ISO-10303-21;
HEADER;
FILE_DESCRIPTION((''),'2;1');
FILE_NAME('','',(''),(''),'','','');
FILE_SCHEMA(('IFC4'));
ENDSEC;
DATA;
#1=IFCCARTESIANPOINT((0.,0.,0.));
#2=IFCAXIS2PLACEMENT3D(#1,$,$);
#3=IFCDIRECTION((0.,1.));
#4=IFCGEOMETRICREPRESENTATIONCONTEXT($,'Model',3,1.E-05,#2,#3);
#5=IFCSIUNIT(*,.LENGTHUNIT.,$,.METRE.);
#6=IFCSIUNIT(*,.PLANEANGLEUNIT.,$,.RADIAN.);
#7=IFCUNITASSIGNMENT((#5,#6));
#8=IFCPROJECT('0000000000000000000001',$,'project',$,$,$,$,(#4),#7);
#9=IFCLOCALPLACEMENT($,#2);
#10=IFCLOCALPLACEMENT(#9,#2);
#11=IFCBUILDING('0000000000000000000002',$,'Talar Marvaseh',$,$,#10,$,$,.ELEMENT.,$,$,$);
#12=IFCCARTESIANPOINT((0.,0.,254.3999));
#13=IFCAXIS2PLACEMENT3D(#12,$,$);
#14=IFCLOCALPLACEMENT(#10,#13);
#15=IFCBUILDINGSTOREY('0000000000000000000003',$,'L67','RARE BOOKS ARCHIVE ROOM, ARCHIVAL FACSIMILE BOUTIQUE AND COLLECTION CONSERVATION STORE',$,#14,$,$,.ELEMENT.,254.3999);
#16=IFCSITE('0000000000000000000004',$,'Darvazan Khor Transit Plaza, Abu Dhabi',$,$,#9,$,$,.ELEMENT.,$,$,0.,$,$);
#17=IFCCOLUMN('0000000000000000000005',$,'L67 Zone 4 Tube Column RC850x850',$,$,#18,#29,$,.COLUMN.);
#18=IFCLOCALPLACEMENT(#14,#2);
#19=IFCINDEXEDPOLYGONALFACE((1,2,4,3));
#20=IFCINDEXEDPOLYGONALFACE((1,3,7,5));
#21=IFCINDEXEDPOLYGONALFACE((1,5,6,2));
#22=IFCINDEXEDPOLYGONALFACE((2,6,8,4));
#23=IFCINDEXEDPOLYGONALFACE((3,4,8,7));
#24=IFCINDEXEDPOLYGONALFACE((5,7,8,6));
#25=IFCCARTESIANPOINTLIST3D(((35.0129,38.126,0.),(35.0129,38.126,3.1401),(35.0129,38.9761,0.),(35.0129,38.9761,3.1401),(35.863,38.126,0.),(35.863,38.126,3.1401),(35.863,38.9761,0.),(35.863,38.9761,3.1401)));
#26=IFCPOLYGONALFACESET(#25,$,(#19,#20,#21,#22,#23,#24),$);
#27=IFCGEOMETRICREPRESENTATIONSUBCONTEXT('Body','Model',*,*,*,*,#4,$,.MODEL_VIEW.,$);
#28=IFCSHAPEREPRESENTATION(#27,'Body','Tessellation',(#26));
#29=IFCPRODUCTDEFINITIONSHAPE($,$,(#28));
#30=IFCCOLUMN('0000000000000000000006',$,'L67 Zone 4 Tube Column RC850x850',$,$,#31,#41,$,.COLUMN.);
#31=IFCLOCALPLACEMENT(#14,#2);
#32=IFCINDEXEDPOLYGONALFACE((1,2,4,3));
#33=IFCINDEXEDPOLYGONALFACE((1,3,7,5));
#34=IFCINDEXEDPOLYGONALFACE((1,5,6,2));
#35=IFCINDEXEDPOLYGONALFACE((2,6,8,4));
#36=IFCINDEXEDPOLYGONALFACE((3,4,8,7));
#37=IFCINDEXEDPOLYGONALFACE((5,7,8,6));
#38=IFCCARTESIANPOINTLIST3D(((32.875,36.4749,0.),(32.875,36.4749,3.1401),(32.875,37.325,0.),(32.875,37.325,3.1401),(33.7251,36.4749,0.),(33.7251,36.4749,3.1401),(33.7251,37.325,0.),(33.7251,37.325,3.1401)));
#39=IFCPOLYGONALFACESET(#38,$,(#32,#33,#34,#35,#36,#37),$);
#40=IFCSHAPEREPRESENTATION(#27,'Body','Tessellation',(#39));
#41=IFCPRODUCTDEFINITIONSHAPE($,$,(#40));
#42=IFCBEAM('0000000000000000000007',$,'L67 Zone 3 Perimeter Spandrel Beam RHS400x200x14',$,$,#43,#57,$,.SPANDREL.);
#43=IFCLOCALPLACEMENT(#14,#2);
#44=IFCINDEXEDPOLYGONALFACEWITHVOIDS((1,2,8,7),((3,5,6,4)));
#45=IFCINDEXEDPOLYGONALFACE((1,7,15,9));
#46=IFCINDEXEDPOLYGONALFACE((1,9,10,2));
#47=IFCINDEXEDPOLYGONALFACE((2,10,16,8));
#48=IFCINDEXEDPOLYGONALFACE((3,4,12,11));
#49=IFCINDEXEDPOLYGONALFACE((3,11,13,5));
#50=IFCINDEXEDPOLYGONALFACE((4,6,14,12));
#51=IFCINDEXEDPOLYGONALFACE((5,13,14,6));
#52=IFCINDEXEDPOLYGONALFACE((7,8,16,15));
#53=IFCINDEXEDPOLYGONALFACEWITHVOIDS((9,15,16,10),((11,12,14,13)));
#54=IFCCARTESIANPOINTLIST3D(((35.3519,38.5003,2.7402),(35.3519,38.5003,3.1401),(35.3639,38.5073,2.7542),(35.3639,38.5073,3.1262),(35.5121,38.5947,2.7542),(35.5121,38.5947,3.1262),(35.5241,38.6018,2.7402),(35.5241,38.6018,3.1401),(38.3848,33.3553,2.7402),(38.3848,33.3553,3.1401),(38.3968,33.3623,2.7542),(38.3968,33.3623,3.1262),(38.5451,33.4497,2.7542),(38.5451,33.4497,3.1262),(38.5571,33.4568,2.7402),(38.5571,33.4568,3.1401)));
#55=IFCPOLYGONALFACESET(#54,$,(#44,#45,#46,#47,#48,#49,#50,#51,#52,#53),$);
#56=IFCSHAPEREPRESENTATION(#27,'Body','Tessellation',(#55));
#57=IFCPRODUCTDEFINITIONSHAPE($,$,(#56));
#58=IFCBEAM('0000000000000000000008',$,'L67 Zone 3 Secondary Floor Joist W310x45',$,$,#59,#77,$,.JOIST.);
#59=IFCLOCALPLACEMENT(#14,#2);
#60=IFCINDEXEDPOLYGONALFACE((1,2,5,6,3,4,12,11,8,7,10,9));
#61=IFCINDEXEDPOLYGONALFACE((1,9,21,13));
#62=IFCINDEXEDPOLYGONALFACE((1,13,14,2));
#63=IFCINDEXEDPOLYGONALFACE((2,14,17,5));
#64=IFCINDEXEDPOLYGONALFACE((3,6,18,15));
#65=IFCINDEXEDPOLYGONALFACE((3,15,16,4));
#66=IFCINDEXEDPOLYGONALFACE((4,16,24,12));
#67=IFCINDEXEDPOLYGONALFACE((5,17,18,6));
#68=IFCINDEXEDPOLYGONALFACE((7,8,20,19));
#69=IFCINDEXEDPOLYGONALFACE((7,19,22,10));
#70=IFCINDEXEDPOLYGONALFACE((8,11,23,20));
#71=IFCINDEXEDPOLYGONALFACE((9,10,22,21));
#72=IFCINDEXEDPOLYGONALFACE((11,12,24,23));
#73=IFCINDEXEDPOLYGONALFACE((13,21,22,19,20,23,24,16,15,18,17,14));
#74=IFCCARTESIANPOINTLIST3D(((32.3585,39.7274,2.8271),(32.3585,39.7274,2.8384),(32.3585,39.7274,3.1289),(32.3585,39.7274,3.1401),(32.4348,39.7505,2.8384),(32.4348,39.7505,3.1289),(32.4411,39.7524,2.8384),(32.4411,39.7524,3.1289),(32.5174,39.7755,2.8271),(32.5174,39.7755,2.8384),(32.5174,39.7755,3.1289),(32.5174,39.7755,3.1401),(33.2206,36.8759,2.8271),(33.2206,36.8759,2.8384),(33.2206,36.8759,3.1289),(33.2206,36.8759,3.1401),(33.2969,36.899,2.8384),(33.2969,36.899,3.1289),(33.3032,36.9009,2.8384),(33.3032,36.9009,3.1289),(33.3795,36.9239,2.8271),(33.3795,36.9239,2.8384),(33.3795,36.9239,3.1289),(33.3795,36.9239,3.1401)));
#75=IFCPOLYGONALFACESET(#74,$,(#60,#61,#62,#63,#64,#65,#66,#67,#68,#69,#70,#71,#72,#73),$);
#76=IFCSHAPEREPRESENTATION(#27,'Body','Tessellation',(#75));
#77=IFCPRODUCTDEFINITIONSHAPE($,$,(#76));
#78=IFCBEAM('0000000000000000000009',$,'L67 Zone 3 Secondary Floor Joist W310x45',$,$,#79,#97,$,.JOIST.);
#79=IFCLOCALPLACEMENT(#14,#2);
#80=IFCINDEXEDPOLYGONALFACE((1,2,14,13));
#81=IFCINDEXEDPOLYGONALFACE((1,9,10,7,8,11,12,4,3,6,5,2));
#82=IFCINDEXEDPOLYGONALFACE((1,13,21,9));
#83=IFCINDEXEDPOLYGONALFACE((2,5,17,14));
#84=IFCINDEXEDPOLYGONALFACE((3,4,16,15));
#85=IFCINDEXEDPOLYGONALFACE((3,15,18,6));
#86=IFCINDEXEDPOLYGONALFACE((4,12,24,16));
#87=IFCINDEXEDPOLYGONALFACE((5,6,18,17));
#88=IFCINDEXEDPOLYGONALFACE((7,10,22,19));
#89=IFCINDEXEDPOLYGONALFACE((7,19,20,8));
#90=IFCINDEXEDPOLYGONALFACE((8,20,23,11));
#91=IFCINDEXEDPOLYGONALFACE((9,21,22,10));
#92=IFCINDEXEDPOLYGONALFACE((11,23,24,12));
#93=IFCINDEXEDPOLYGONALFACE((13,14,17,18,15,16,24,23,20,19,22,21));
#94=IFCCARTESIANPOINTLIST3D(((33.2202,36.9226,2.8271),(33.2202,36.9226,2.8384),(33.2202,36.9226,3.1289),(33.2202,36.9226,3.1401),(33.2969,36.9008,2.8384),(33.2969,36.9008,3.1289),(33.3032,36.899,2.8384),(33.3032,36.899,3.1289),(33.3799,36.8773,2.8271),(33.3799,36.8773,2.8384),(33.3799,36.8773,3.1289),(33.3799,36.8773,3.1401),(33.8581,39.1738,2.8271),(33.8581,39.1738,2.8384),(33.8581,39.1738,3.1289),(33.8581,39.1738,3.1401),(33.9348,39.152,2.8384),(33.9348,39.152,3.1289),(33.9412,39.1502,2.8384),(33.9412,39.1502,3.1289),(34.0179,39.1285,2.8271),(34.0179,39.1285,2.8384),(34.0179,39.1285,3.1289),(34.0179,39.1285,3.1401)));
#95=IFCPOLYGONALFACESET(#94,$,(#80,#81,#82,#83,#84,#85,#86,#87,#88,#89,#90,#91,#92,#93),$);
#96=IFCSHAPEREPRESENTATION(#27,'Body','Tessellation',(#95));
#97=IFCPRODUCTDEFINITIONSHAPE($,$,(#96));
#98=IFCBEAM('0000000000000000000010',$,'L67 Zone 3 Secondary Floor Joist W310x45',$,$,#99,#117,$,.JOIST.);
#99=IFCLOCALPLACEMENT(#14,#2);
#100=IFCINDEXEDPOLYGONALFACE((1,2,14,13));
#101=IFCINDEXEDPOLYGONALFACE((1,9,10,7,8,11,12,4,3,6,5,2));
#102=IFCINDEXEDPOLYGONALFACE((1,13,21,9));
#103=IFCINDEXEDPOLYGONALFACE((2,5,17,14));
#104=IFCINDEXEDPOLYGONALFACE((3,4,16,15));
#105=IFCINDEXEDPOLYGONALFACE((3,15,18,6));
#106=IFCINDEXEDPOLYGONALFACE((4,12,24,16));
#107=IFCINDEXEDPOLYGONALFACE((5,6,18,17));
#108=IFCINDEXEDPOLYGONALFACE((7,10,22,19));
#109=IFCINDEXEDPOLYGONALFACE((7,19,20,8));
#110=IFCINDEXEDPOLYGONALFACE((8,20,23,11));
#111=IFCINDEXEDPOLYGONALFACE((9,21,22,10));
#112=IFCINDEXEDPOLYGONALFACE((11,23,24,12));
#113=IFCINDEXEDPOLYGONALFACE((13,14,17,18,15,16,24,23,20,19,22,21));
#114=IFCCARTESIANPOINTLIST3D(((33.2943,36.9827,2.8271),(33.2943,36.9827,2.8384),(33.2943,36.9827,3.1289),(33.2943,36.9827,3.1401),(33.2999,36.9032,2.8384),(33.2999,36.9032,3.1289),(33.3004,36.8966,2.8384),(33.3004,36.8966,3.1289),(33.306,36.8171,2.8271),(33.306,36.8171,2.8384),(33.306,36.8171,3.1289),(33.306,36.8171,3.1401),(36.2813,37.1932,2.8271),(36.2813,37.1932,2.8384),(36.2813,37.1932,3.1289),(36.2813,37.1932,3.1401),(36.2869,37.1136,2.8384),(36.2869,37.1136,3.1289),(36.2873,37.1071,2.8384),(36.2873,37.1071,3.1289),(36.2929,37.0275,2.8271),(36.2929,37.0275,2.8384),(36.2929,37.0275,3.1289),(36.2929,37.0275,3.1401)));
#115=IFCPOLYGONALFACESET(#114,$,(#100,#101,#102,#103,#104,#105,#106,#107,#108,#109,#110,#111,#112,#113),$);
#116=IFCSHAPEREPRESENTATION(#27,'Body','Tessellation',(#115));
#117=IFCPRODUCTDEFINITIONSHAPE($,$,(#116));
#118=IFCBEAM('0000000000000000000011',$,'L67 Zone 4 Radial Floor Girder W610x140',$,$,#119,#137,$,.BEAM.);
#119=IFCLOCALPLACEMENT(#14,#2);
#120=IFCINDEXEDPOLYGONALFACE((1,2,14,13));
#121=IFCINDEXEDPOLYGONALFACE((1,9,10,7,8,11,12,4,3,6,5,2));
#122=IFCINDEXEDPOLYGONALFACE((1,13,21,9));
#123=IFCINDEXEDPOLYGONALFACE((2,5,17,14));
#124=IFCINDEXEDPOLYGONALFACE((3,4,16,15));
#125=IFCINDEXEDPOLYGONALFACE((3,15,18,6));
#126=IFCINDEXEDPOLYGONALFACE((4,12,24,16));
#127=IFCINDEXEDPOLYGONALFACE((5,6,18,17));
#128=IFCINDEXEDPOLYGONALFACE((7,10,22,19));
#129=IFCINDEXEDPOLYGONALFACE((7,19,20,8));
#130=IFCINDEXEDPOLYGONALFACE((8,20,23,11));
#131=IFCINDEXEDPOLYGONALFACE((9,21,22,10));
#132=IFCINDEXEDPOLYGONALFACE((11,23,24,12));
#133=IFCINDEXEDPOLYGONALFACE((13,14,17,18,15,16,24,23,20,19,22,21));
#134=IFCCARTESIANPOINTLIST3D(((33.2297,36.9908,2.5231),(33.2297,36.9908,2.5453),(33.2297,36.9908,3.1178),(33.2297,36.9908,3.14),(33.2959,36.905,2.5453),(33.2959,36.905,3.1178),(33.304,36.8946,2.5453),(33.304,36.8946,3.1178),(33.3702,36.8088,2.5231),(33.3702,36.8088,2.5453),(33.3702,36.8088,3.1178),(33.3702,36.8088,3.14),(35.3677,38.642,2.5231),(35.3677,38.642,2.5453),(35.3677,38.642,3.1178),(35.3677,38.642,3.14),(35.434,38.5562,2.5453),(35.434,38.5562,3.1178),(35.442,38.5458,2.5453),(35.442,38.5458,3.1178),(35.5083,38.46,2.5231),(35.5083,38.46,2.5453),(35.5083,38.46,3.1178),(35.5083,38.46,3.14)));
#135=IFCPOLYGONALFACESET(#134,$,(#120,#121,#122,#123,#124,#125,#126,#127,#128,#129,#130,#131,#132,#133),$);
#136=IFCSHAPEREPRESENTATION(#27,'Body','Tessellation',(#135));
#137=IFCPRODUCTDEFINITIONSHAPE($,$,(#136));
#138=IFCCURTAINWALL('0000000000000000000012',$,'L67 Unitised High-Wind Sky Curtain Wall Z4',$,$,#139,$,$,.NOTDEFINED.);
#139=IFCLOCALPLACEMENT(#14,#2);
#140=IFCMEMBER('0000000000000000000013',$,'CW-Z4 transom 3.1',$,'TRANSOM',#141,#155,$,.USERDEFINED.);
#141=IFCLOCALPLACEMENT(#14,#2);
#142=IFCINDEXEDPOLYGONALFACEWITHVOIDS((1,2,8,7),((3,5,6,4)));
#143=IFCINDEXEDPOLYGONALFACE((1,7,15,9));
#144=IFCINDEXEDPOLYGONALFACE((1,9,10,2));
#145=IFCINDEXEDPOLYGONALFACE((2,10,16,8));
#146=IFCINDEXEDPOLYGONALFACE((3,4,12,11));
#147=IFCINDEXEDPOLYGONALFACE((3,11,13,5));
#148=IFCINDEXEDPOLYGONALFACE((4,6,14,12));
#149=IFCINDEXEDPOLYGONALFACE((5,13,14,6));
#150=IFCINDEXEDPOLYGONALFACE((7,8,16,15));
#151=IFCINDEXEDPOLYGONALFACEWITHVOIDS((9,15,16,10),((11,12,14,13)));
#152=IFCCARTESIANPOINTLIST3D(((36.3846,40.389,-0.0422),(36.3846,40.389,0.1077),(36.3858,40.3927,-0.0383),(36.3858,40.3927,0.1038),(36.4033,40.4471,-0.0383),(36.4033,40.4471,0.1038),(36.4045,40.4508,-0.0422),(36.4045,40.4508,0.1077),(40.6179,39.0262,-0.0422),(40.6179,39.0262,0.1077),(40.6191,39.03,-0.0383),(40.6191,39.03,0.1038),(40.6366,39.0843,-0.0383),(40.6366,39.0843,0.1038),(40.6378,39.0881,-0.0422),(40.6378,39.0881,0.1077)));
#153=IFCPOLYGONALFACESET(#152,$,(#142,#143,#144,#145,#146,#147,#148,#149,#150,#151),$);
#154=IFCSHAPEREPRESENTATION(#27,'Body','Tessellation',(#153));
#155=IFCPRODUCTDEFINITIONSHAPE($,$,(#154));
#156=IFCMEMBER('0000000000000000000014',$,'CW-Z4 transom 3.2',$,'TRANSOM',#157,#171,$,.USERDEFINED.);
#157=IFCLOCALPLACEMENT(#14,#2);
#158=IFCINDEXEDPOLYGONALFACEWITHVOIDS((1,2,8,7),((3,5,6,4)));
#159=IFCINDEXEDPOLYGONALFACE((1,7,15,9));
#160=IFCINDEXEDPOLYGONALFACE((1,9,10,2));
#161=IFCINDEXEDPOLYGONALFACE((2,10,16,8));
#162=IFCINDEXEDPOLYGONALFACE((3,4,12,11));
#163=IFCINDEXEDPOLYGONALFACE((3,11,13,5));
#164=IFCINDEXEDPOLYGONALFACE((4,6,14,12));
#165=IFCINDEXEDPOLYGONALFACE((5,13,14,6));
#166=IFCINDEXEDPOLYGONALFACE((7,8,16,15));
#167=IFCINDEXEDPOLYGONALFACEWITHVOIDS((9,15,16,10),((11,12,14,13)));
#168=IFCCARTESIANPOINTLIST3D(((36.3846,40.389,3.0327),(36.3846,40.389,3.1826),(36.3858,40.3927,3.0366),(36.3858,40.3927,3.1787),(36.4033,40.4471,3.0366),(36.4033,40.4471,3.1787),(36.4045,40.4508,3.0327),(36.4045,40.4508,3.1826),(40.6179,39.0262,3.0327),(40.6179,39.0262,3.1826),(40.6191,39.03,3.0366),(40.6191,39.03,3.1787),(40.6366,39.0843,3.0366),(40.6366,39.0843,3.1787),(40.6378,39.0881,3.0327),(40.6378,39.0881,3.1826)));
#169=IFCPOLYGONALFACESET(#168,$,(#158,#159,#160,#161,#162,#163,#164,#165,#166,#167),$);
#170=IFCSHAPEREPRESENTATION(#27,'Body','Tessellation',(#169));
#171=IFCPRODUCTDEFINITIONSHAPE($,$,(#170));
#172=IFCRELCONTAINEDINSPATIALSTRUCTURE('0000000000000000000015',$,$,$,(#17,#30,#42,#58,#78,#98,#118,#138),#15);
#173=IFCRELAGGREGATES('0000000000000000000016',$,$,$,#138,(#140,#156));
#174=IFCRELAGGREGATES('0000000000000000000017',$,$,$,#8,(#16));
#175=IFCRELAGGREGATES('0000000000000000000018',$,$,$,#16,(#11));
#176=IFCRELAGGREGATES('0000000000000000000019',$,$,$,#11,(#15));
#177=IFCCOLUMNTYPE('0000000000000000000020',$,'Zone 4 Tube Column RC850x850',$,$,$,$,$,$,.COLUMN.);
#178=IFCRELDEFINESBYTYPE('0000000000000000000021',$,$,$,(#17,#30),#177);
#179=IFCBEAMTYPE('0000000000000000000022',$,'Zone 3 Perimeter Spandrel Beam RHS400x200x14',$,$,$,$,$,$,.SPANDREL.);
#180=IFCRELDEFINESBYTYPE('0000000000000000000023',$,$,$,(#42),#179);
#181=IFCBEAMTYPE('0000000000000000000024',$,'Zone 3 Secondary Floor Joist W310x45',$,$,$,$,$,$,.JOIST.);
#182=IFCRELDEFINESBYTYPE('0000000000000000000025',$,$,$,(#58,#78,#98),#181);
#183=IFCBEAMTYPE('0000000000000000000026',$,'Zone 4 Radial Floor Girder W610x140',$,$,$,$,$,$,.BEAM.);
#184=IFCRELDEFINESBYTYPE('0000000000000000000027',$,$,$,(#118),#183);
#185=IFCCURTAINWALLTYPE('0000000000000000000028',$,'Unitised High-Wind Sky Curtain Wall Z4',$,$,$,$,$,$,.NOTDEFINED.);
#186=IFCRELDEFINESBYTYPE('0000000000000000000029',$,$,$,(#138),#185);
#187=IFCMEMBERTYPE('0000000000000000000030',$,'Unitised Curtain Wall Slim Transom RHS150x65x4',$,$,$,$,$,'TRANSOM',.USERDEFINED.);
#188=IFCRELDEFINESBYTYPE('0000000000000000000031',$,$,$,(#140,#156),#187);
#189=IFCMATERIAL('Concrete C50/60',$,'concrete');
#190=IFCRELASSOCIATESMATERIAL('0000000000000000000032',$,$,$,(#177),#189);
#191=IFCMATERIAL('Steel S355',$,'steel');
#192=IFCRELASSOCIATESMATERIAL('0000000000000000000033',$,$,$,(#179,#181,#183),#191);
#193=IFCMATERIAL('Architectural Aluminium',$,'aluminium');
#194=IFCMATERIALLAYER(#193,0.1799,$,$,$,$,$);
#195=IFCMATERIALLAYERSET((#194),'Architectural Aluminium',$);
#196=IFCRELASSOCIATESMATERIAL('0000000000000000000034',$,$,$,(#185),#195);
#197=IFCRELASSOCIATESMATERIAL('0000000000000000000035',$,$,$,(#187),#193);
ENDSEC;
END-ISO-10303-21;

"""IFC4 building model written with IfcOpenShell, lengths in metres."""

from ifc_helpers import new_model, si_unit, direction, frame, origin, origin_2d, place, context, subcontext, project, spatial, rectangle, hollow_rectangle, i_section, extrude, source, transform, mapped, material, layer, layer_set, material_profile, profile_set, type_object, element, aggregate, save


model = new_model("IFC4")

# Units and contexts
model_context = context("Model", 3, precision=1e-05, world=origin(), true_north=direction((0.0, 1.0)))
body_context = subcontext(model_context, "Body", "Model", "MODEL_VIEW")
ifc_project = project(units=[si_unit("LENGTHUNIT", "METRE"), si_unit("PLANEANGLEUNIT", "RADIAN")], contexts=[model_context])

# Site, building, storey
site_placement = place(None, origin())
site = spatial("IfcSite", under=ifc_project, at=site_placement, Name="Darvazan Khor Transit Plaza, Abu Dhabi", CompositionType="ELEMENT", RefElevation=0.0)
building_placement = place(site_placement, origin())
building = spatial("IfcBuilding", under=site, at=building_placement, Name="Talar Marvaseh", CompositionType="ELEMENT")
storey_placement = place(building_placement, frame((0.0, 0.0, 254.3999)))
storey = spatial("IfcBuildingStorey", under=building, at=storey_placement, Name="L67", Description="RARE BOOKS ARCHIVE ROOM, ARCHIVAL FACSIMILE BOUTIQUE AND COLLECTION CONSERVATION STORE", CompositionType="ELEMENT", Elevation=254.3999)

# Columns
ifc_material_1 = material(Name="Concrete C50/60", Category="concrete")
ifc_material_profile_1 = material_profile(ifc_material_1, rectangle(XDim=0.8501, YDim=0.8501, at=origin_2d()), Name="RC850x850")
ifc_profile_set_1 = profile_set([ifc_material_profile_1], Name="Concrete C50/60")
column_type = type_object("IfcColumnType", Name="Zone 4 Tube Column RC850x850", PredefinedType="COLUMN", material=ifc_profile_set_1)
for number, where, z_axis, x_axis, name in (
    (1, (35.438, 38.551, 0.0), (0.0, 0.0, 1.0), (1.0, 0.0, 0.0), "L67 Zone 4 Tube Column RC850x850"),
    (2, (33.3, 36.8999, 0.0), (0.0, 0.0, 1.0), (1.0, 0.0, 0.0), "L67 Zone 4 Tube Column RC850x850"),
):
    element("IfcColumn", number, at=place(storey_placement, frame(where, z_axis=z_axis, x_axis=x_axis)), inside=storey, type_object=column_type, Name=name, PredefinedType="COLUMN", context=body_context, shape_type="SweptSolid", body=[
        extrude(rectangle(XDim=0.8501, YDim=0.8501, at=origin_2d()), origin(), (0.0, 0.0, 1.0), 3.1401),
    ])

# Beams
ifc_material_2 = material(Name="Steel S355", Category="steel")
ifc_material_profile_2 = material_profile(ifc_material_2, hollow_rectangle(XDim=0.2, YDim=0.3999, WallThickness=0.0139, at=origin_2d()), Name="RHS400x200x14")
ifc_profile_set_2 = profile_set([ifc_material_profile_2], Name="Steel S355")
beam_type_1 = type_object("IfcBeamType", Name="Zone 3 Perimeter Spandrel Beam RHS400x200x14", PredefinedType="SPANDREL", material=ifc_profile_set_2)
beam_1_placement = place(storey_placement, frame((35.438, 38.551, 2.9402), z_axis=(0.507826, -0.86146, 0.0), x_axis=(0.86146, 0.507826, 0.0)))
element("IfcBeam", 3, at=beam_1_placement, inside=storey, type_object=beam_type_1, Name="L67 Zone 3 Perimeter Spandrel Beam RHS400x200x14", PredefinedType="SPANDREL", context=body_context, shape_type="SweptSolid", body=[
    extrude(hollow_rectangle(XDim=0.2, YDim=0.3999, WallThickness=0.0139, at=origin_2d()), origin(), (0.0, 0.0, 1.0), 5.9724),
])
ifc_material_profile_3 = material_profile(ifc_material_2, i_section(OverallWidth=0.166, OverallDepth=0.313, WebThickness=0.0066, FlangeThickness=0.0112, at=origin_2d()), Name="W310x45")
ifc_profile_set_3 = profile_set([ifc_material_profile_3], Name="Steel S355")
beam_type_2 = type_object("IfcBeamType", Name="Zone 3 Secondary Floor Joist W310x45", PredefinedType="JOIST", material=ifc_profile_set_3)
beam_2_placement = place(storey_placement, frame((32.438, 39.7515, 2.9836), z_axis=(0.289377, -0.957215, 0.0), x_axis=(0.957215, 0.289377, 0.0)))
element("IfcBeam", 4, at=beam_2_placement, inside=storey, type_object=beam_type_2, Name="L67 Zone 3 Secondary Floor Joist W310x45", PredefinedType="JOIST", context=body_context, shape_type="SweptSolid", body=[
    extrude(i_section(OverallWidth=0.166, OverallDepth=0.313, WebThickness=0.0066, FlangeThickness=0.0112, at=origin_2d()), origin(), (0.0, 0.0, 1.0), 2.979),
])
beam_3_placement = place(storey_placement, frame((33.938, 39.1511, 2.9836), z_axis=(-0.27264, -0.962116, 0.0), x_axis=(0.962116, -0.27264, 0.0)))
element("IfcBeam", 5, at=beam_3_placement, inside=storey, type_object=beam_type_2, Name="L67 Zone 3 Secondary Floor Joist W310x45", PredefinedType="JOIST", context=body_context, shape_type="SweptSolid", body=[
    extrude(i_section(OverallWidth=0.166, OverallDepth=0.313, WebThickness=0.0066, FlangeThickness=0.0112, at=origin_2d()), origin(), (0.0, 0.0, 1.0), 2.3398),
])
beam_4_placement = place(storey_placement, frame((36.2871, 37.1104, 2.9836), z_axis=(-0.997527, -0.070279, 0.0), x_axis=(0.070279, -0.997527, 0.0)))
element("IfcBeam", 6, at=beam_4_placement, inside=storey, type_object=beam_type_2, Name="L67 Zone 3 Secondary Floor Joist W310x45", PredefinedType="JOIST", context=body_context, shape_type="SweptSolid", body=[
    extrude(i_section(OverallWidth=0.166, OverallDepth=0.313, WebThickness=0.0066, FlangeThickness=0.0112, at=origin_2d()), origin(), (0.0, 0.0, 1.0), 2.9944),
])
ifc_material_profile_4 = material_profile(ifc_material_2, i_section(OverallWidth=0.23, OverallDepth=0.6169, WebThickness=0.0132, FlangeThickness=0.0222, at=origin_2d()), Name="W610x140")
ifc_profile_set_4 = profile_set([ifc_material_profile_4], Name="Steel S355")
beam_type_3 = type_object("IfcBeamType", Name="Zone 4 Radial Floor Girder W610x140", PredefinedType="BEAM", material=ifc_profile_set_4)
beam_5_placement = place(storey_placement, frame((35.438, 38.551, 2.8315), z_axis=(-0.79145, -0.611234, 0.0), x_axis=(0.611234, -0.79145, 0.0)))
element("IfcBeam", 7, at=beam_5_placement, inside=storey, type_object=beam_type_3, Name="L67 Zone 4 Radial Floor Girder W610x140", PredefinedType="BEAM", context=body_context, shape_type="SweptSolid", body=[
    extrude(i_section(OverallWidth=0.23, OverallDepth=0.6169, WebThickness=0.0132, FlangeThickness=0.0222, at=origin_2d()), origin(), (0.0, 0.0, 1.0), 2.7014),
])

# Curtain wall, members
ifc_material_3 = material(Name="Architectural Aluminium", Category="aluminium")
ifc_layer_1 = layer(ifc_material_3, 0.1799)
ifc_layer_set_1 = layer_set([ifc_layer_1], Name="Architectural Aluminium")
curtain_wall_type = type_object("IfcCurtainWallType", Name="Unitised High-Wind Sky Curtain Wall Z4", PredefinedType="NOTDEFINED", material=ifc_layer_set_1)
curtain_wall_1_placement = place(storey_placement, origin())
curtain_wall_1 = element("IfcCurtainWall", 8, at=curtain_wall_1_placement, inside=storey, type_object=curtain_wall_type, Name="L67 Unitised High-Wind Sky Curtain Wall Z4", PredefinedType="NOTDEFINED")
ifc_material_profile_5 = material_profile(ifc_material_3, hollow_rectangle(XDim=0.0649, YDim=0.1499, WallThickness=0.0039, at=origin_2d()), Name="RHS150x65x4")
ifc_profile_set_5 = profile_set([ifc_material_profile_5], Name="Architectural Aluminium")
member_type_1 = type_object("IfcMemberType", Name="Unitised Curtain Wall Slim Transom RHS150x65x4", ElementType="TRANSOM", PredefinedType="USERDEFINED", material=ifc_profile_set_5)
shared_shape_1 = source(origin(), body_context, "Body", "SweptSolid", [
    extrude(hollow_rectangle(XDim=0.0649, YDim=0.1499, WallThickness=0.0039, at=origin_2d()), origin(), (0.0, 0.0, 1.0), 4.4473),
])
member_1_placement = place(storey_placement, frame((36.3945, 40.4199, 0.0327), z_axis=(0.951894, -0.306429, 0.0), x_axis=(0.306429, 0.951894, 0.0)))
member_1 = element("IfcMember", 9, at=member_1_placement, type_object=member_type_1, Name="CW-Z4 transom 3.1", ObjectType="TRANSOM", PredefinedType="USERDEFINED", context=body_context, shape_type="MappedRepresentation", body=[
    mapped(shared_shape_1, transform((0.0, 0.0, 0.0), x_axis=(1.0, 0.0, 0.0), y_axis=(0.0, 1.0, 0.0), z_axis=(0.0, 0.0, 1.0), scale=1.0)),
])
member_2_placement = place(storey_placement, frame((36.3945, 40.4199, 3.1077), z_axis=(0.951894, -0.306429, 0.0), x_axis=(0.306429, 0.951894, 0.0)))
member_2 = element("IfcMember", 10, at=member_2_placement, type_object=member_type_1, Name="CW-Z4 transom 3.2", ObjectType="TRANSOM", PredefinedType="USERDEFINED", context=body_context, shape_type="MappedRepresentation", body=[
    mapped(shared_shape_1, transform((0.0, 0.0, 0.0), x_axis=(1.0, 0.0, 0.0), y_axis=(0.0, 1.0, 0.0), z_axis=(0.0, 0.0, 1.0), scale=1.0)),
])

aggregate(curtain_wall_1, [member_1, member_2])

save(model, "model.ifc")
